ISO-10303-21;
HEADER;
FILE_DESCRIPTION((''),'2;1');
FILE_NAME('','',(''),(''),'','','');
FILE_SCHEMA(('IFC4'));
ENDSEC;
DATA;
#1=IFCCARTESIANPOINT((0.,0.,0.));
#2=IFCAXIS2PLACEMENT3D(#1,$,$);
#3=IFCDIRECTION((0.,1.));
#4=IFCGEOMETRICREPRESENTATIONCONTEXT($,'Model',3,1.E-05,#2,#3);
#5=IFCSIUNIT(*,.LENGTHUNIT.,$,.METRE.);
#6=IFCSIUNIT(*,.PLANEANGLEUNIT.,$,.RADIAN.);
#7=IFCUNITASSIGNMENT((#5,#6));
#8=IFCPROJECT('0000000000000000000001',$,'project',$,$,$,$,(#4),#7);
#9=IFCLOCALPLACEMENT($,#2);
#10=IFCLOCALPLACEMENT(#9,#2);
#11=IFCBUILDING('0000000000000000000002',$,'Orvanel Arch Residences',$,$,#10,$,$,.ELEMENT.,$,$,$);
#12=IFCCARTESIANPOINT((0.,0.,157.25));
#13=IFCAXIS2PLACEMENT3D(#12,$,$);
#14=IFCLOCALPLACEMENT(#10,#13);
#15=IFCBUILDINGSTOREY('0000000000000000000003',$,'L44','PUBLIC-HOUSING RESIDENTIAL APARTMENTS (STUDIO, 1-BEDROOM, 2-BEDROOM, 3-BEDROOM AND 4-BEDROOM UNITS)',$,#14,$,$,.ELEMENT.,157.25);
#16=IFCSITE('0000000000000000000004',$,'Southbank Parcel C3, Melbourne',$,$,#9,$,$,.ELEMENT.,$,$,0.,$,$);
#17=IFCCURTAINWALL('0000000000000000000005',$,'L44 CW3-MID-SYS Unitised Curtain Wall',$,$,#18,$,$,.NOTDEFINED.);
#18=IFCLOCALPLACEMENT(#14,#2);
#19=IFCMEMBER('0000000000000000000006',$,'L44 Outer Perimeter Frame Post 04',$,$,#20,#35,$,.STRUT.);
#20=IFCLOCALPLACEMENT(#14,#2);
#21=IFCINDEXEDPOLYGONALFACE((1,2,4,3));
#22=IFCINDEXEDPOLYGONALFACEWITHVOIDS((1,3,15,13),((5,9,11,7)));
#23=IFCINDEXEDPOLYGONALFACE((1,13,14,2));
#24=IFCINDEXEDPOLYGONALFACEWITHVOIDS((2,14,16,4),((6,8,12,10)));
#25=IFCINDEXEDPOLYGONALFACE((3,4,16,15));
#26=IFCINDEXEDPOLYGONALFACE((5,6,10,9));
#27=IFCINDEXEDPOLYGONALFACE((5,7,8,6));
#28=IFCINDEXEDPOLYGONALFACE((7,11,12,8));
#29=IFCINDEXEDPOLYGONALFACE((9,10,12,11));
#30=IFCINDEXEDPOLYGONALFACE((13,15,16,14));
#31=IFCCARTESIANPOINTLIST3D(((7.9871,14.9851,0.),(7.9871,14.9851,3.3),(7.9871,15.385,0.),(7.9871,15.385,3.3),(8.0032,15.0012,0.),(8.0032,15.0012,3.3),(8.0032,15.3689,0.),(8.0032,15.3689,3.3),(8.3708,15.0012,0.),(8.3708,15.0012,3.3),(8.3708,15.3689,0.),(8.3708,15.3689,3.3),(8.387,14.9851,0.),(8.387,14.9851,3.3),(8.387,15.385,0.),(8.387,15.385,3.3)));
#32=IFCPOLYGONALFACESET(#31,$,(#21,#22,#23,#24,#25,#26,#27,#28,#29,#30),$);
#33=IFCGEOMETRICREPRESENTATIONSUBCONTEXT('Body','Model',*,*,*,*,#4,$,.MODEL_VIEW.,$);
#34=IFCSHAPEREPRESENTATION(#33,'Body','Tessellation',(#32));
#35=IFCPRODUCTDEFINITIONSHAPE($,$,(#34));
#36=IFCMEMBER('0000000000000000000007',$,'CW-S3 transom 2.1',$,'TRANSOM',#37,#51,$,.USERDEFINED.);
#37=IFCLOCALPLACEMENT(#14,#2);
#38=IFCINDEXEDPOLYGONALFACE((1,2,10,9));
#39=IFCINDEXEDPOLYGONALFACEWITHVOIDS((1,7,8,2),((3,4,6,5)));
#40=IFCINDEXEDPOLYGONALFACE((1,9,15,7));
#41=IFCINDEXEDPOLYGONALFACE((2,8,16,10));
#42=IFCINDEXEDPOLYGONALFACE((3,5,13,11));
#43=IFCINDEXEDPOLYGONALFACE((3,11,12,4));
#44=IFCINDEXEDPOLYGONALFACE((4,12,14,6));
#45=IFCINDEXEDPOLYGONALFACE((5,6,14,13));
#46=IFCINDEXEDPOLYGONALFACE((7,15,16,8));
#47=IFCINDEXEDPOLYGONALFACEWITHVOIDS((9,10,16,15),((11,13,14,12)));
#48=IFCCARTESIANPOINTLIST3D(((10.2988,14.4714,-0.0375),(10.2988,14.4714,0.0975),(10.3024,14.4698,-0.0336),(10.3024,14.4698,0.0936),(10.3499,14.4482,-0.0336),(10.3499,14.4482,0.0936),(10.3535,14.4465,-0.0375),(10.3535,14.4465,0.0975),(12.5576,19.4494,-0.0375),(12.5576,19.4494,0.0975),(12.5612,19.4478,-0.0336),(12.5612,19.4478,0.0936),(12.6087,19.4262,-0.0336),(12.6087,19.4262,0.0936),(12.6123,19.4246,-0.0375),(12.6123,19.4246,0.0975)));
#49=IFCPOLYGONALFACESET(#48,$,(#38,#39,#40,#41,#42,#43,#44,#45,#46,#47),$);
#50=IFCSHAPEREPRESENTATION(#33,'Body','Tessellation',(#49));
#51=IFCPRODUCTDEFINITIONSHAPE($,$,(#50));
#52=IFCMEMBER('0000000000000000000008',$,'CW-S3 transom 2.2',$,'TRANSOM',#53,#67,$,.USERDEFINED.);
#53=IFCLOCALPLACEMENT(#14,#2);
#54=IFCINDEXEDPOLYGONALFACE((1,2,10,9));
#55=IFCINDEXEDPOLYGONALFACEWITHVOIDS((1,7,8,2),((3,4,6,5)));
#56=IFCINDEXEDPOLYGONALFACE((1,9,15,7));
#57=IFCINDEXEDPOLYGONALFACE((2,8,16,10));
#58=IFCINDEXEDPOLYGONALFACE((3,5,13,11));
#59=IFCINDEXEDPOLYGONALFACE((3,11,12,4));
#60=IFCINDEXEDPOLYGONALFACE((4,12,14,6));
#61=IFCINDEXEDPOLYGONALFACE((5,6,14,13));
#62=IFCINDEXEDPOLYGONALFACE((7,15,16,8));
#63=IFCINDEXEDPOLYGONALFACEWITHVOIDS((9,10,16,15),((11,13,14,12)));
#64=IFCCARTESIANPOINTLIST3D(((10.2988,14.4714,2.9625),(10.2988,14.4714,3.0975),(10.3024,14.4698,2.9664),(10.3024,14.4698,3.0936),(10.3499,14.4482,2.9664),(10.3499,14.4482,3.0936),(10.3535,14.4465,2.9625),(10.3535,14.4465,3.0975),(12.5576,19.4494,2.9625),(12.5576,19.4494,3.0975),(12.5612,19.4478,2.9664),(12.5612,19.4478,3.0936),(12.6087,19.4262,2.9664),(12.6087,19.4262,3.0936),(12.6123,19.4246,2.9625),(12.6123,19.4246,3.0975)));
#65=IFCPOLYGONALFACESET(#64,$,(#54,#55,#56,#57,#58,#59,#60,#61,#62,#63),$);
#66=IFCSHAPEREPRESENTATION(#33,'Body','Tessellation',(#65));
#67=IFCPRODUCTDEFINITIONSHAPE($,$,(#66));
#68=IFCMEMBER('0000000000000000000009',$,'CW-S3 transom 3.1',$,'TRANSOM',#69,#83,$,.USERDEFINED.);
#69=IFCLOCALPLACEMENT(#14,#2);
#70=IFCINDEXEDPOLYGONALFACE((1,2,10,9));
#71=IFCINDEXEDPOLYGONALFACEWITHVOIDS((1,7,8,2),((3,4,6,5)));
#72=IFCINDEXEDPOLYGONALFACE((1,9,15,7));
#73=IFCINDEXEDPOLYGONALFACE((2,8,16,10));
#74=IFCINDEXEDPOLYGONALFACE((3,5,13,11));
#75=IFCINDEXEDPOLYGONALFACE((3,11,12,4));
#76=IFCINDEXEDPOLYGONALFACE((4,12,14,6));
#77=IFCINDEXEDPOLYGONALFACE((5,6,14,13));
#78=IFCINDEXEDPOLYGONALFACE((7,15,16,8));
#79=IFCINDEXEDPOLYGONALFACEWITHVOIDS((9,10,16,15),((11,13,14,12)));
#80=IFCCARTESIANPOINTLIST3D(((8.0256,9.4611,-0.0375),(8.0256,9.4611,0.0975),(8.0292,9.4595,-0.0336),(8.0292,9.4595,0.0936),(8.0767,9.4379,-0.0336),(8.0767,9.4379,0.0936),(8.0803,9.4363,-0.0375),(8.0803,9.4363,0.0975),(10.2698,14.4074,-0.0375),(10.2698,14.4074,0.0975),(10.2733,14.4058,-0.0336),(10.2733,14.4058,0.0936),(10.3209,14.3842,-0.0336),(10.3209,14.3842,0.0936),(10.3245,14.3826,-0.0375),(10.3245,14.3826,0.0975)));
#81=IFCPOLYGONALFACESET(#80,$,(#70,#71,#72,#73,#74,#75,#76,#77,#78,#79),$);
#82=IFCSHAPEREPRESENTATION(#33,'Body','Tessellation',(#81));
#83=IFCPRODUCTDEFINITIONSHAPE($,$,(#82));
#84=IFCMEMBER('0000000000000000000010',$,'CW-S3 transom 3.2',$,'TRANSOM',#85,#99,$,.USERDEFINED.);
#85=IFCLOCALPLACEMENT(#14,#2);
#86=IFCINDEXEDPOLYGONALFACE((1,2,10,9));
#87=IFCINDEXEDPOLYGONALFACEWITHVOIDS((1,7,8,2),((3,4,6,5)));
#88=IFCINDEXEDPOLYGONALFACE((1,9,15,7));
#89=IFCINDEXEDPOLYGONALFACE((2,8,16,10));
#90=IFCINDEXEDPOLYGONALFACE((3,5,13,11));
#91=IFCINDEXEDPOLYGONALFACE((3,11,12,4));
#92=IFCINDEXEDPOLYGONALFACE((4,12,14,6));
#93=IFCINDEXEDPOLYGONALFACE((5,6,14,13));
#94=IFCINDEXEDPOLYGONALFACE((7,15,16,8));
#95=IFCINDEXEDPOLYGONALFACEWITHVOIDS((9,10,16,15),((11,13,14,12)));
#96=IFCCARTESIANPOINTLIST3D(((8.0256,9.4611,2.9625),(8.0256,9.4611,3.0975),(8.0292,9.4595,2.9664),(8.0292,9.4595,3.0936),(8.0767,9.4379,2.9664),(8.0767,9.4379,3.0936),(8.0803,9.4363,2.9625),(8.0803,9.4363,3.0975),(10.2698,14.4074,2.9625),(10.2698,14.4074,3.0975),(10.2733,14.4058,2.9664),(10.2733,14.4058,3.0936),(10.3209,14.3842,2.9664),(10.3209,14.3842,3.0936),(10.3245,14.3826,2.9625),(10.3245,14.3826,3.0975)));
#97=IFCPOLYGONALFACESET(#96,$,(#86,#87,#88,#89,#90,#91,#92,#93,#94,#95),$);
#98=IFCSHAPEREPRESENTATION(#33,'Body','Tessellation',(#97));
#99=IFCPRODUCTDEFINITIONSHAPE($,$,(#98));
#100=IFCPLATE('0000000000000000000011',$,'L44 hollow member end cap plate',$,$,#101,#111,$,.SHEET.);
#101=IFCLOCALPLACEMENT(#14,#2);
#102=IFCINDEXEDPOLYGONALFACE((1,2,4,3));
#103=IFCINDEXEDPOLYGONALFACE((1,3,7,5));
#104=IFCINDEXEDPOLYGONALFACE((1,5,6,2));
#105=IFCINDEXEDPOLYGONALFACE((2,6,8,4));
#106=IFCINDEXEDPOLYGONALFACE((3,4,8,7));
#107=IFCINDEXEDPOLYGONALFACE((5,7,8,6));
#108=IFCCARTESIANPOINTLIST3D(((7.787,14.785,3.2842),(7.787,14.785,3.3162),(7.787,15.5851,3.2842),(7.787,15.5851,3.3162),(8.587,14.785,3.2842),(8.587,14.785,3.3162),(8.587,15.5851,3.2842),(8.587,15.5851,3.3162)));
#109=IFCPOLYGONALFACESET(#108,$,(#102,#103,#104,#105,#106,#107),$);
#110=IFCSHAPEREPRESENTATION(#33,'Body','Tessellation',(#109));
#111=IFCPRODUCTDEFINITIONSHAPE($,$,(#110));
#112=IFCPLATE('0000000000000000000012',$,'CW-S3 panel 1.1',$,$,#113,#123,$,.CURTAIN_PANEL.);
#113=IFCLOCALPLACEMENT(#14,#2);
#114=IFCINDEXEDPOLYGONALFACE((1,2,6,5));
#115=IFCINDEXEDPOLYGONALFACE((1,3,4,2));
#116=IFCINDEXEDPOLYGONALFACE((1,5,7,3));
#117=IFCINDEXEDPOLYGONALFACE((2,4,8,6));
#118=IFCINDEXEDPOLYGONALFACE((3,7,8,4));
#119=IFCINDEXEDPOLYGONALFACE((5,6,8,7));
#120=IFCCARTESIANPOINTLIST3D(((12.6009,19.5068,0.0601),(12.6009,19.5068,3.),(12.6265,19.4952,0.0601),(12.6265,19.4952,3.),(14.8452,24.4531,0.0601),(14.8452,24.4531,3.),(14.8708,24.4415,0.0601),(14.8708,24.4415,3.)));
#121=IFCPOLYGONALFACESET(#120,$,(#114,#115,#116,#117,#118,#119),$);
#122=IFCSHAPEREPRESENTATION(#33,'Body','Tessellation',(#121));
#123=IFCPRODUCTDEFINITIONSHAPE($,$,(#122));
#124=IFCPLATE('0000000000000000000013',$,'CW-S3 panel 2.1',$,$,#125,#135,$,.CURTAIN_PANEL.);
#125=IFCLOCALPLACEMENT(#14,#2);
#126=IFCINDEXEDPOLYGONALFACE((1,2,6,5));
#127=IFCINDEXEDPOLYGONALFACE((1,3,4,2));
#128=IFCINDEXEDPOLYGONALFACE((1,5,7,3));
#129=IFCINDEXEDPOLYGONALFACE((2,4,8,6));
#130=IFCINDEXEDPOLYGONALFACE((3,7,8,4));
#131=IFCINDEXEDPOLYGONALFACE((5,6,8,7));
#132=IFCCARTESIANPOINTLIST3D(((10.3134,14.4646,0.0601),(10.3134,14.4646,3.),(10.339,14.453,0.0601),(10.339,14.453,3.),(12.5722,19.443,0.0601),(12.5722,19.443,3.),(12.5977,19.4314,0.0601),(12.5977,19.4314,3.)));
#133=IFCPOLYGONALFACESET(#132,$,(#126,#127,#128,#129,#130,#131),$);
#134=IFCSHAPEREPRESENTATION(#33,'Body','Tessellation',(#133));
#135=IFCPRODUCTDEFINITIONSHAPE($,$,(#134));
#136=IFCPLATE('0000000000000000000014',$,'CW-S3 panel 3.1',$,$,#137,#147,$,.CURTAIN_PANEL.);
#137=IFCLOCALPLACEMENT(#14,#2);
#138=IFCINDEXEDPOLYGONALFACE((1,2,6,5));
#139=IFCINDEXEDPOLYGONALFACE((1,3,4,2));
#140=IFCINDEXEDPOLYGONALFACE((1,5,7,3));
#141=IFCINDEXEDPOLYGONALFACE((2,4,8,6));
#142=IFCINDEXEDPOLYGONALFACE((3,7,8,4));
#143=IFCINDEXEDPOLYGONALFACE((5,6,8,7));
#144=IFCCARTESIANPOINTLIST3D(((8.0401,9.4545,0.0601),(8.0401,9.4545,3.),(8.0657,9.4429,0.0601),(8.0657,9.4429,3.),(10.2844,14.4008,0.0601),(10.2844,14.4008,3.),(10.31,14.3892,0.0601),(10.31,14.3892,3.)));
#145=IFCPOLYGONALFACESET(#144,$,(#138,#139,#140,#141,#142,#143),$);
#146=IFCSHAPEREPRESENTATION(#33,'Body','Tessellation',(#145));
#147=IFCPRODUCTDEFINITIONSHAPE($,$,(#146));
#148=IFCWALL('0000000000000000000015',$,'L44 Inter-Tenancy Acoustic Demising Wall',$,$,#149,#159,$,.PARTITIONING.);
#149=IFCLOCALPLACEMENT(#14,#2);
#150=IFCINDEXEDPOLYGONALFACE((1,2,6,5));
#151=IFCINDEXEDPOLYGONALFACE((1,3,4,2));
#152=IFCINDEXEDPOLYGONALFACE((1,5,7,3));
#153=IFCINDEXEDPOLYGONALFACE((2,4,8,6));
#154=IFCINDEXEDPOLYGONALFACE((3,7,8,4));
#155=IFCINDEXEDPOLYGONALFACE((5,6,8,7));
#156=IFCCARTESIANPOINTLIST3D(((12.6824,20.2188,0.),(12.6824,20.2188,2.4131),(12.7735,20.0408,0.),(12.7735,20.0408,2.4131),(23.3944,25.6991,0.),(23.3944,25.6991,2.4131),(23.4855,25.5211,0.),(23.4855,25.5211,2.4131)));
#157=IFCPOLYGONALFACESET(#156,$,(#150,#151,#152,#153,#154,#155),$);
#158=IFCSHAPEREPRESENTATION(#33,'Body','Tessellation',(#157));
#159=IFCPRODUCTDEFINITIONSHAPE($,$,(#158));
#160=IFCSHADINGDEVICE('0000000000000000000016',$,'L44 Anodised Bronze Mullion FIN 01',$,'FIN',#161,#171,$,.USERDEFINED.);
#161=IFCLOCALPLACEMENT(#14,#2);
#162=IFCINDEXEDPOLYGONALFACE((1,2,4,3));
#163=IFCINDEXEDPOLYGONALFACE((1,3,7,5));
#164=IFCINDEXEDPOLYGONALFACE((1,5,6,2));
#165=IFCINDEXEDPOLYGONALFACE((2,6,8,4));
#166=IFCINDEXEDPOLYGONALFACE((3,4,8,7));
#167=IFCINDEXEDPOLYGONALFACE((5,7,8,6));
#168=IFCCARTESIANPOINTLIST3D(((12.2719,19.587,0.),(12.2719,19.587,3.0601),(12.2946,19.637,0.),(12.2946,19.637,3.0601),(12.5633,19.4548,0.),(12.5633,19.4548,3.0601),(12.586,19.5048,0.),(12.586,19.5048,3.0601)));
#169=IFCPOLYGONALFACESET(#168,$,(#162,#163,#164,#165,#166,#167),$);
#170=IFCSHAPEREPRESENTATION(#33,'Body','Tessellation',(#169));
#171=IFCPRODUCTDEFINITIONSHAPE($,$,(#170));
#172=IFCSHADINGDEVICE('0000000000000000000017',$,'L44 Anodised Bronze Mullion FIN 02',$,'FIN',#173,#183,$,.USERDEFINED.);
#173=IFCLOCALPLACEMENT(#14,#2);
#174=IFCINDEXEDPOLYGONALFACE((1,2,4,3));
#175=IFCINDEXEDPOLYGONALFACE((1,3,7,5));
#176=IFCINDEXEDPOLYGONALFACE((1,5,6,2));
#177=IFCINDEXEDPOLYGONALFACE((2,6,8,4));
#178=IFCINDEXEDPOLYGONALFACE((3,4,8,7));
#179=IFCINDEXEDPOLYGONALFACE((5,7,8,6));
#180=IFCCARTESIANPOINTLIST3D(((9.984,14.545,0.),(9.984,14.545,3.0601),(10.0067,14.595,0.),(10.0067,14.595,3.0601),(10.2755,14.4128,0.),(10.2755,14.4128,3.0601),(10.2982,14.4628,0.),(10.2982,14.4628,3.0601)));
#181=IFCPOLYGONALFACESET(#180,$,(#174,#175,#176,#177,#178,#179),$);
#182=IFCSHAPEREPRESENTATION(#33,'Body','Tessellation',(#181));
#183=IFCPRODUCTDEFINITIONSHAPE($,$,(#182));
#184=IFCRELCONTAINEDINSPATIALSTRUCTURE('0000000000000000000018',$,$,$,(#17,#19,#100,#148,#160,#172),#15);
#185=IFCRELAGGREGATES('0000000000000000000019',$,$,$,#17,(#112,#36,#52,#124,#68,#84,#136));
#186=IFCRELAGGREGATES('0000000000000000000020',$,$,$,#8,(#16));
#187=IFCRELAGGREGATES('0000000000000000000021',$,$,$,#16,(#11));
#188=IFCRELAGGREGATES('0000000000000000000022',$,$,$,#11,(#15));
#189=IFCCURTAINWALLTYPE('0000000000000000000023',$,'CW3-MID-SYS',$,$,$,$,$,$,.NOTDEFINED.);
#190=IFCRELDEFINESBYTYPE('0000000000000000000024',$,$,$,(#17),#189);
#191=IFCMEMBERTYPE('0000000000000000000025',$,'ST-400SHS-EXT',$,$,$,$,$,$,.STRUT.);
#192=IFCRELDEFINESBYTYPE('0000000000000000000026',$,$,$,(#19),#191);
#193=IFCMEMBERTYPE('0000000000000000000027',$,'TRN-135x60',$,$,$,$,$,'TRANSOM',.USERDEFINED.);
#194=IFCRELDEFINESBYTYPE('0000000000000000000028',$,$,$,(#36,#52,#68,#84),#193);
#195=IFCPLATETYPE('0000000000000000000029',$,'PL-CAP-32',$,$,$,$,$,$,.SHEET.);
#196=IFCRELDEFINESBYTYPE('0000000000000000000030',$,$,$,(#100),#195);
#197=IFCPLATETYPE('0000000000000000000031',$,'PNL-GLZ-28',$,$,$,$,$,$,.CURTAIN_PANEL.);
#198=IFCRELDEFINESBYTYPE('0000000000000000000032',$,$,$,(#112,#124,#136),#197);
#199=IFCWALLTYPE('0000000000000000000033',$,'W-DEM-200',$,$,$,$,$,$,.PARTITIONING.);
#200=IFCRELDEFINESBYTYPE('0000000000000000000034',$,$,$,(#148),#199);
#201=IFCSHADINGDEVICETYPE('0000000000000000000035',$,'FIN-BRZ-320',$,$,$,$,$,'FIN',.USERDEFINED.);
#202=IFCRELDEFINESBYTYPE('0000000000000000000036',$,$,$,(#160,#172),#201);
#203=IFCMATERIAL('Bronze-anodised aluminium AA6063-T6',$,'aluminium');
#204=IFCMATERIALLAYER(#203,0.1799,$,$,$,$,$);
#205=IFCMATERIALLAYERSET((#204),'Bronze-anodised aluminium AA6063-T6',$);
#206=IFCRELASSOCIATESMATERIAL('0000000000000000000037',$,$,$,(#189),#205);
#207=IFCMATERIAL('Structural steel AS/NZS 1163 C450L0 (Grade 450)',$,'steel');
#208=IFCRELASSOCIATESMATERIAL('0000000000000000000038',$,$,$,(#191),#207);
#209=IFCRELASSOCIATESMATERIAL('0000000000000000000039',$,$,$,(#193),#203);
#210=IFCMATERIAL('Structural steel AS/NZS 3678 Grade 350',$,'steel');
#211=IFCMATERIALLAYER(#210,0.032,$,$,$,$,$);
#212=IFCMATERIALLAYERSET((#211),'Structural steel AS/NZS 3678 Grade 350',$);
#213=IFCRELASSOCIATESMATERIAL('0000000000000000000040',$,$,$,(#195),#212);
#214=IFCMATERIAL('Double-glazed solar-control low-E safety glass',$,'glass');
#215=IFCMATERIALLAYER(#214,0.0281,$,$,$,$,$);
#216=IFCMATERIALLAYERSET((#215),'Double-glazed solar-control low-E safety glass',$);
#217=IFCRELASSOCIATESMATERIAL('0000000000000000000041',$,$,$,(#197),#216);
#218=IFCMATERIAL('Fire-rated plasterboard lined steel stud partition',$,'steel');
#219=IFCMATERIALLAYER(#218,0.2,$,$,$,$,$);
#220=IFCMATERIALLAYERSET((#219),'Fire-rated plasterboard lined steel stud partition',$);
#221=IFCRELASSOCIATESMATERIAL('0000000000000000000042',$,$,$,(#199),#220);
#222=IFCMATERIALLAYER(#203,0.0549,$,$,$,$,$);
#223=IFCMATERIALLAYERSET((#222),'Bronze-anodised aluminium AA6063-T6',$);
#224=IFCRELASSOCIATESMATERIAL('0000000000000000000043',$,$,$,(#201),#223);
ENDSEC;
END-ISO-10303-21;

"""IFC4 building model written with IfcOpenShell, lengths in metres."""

from ifc_helpers import new_model, si_unit, direction, frame, frame_2d, origin, origin_2d, place, context, subcontext, project, spatial, rectangle, hollow_rectangle, extrude, material, layer, layer_set, material_profile, profile_set, type_object, element, aggregate, save


model = new_model("IFC4")

# Units and contexts
model_context = context("Model", 3, precision=1e-05, world=origin(), true_north=direction((0.0, 1.0)))
body_context = subcontext(model_context, "Body", "Model", "MODEL_VIEW")
ifc_project = project(units=[si_unit("LENGTHUNIT", "METRE"), si_unit("PLANEANGLEUNIT", "RADIAN")], contexts=[model_context])

# Site, building, storey
site_placement = place(None, origin())
site = spatial("IfcSite", under=ifc_project, at=site_placement, Name="Southbank Parcel C3, Melbourne", CompositionType="ELEMENT", RefElevation=0.0)
building_placement = place(site_placement, origin())
building = spatial("IfcBuilding", under=site, at=building_placement, Name="Orvanel Arch Residences", CompositionType="ELEMENT")
storey_placement = place(building_placement, frame((0.0, 0.0, 157.25)))
storey = spatial("IfcBuildingStorey", under=building, at=storey_placement, Name="L44", Description="PUBLIC-HOUSING RESIDENTIAL APARTMENTS (STUDIO, 1-BEDROOM, 2-BEDROOM, 3-BEDROOM AND 4-BEDROOM UNITS)", CompositionType="ELEMENT", Elevation=157.25)

# Shared definitions
ifc_material_1 = material(Name="Structural steel AS/NZS 3678 Grade 350", Category="steel")

# Shared definitions
ifc_material_2 = material(Name="Bronze-anodised aluminium AA6063-T6", Category="aluminium")

# Curtain wall
ifc_layer_1 = layer(ifc_material_2, 0.1799)
ifc_layer_set_1 = layer_set([ifc_layer_1], Name="Bronze-anodised aluminium AA6063-T6")
curtain_wall_type_1 = type_object("IfcCurtainWallType", Name="CW3-MID-SYS", PredefinedType="NOTDEFINED", material=ifc_layer_set_1)
curtain_wall_1_placement = place(storey_placement, origin())
curtain_wall_1 = element("IfcCurtainWall", 1, at=curtain_wall_1_placement, inside=storey, type_object=curtain_wall_type_1, Name="L44 CW3-MID-SYS Unitised Curtain Wall", PredefinedType="NOTDEFINED")

# Member
ifc_material_3 = material(Name="Structural steel AS/NZS 1163 C450L0 (Grade 450)", Category="steel")
ifc_material_profile_1 = material_profile(ifc_material_3, hollow_rectangle(XDim=0.3999, YDim=0.3999, WallThickness=0.0161, at=origin_2d()), Name="SHS400x400x16")
ifc_profile_set_1 = profile_set([ifc_material_profile_1], Name="Structural steel AS/NZS 1163 C450L0 (Grade 450)")
member_type_1 = type_object("IfcMemberType", Name="ST-400SHS-EXT", PredefinedType="STRUT", material=ifc_profile_set_1)
for number, where, z_axis, x_axis, name in (
    (2, (8.187, 15.1851, 0.0), (0.0, 0.0, 1.0), (1.0, 0.0, 0.0), "L44 Outer Perimeter Frame Post 04"),
):
    element("IfcMember", number, at=place(storey_placement, frame(where, z_axis=z_axis, x_axis=x_axis)), inside=storey, type_object=member_type_1, Name=name, PredefinedType="STRUT", context=body_context, shape_type="SweptSolid", body=[
        extrude(hollow_rectangle(XDim=0.3999, YDim=0.3999, WallThickness=0.0161, at=origin_2d()), origin(), (0.0, 0.0, 1.0), 3.3),
    ])

# Members
ifc_material_profile_2 = material_profile(ifc_material_2, hollow_rectangle(XDim=0.0601, YDim=0.135, WallThickness=0.0039, at=origin_2d()), Name="ALU135x60x4")
ifc_profile_set_2 = profile_set([ifc_material_profile_2], Name="Bronze-anodised aluminium AA6063-T6")
member_type_2 = type_object("IfcMemberType", Name="TRN-135x60", ElementType="TRANSOM", PredefinedType="USERDEFINED", material=ifc_profile_set_2)
member_1_placement = place(storey_placement, frame((12.585, 19.437, 0.03), z_axis=(-0.413204, -0.910639, 0.0), x_axis=(0.910639, -0.413204, 0.0)))
member_1 = element("IfcMember", 3, at=member_1_placement, type_object=member_type_2, Name="CW-S3 transom 2.1", ObjectType="TRANSOM", PredefinedType="USERDEFINED", context=body_context, shape_type="SweptSolid", body=[
    extrude(hollow_rectangle(XDim=0.0601, YDim=0.135, WallThickness=0.0039, at=origin_2d()), origin(), (0.0, 0.0, 1.0), 5.4666),
])
member_2_placement = place(storey_placement, frame((12.585, 19.437, 3.03), z_axis=(-0.413204, -0.910639, 0.0), x_axis=(0.910639, -0.413204, 0.0)))
member_2 = element("IfcMember", 4, at=member_2_placement, type_object=member_type_2, Name="CW-S3 transom 2.2", ObjectType="TRANSOM", PredefinedType="USERDEFINED", context=body_context, shape_type="SweptSolid", body=[
    extrude(hollow_rectangle(XDim=0.0601, YDim=0.135, WallThickness=0.0039, at=origin_2d()), origin(), (0.0, 0.0, 1.0), 5.4666),
])
member_3_placement = place(storey_placement, frame((10.2971, 14.395, 0.03), z_axis=(-0.413166, -0.910656, 0.0), x_axis=(0.910656, -0.413166, 0.0)))
member_3 = element("IfcMember", 5, at=member_3_placement, type_object=member_type_2, Name="CW-S3 transom 3.1", ObjectType="TRANSOM", PredefinedType="USERDEFINED", context=body_context, shape_type="SweptSolid", body=[
    extrude(hollow_rectangle(XDim=0.0601, YDim=0.135, WallThickness=0.0039, at=origin_2d()), origin(), (0.0, 0.0, 1.0), 5.4316),
])
member_4_placement = place(storey_placement, frame((10.2971, 14.395, 3.03), z_axis=(-0.413166, -0.910656, 0.0), x_axis=(0.910656, -0.413166, 0.0)))
member_4 = element("IfcMember", 6, at=member_4_placement, type_object=member_type_2, Name="CW-S3 transom 3.2", ObjectType="TRANSOM", PredefinedType="USERDEFINED", context=body_context, shape_type="SweptSolid", body=[
    extrude(hollow_rectangle(XDim=0.0601, YDim=0.135, WallThickness=0.0039, at=origin_2d()), origin(), (0.0, 0.0, 1.0), 5.4316),
])

# Plates
ifc_layer_2 = layer(ifc_material_1, 0.032)
ifc_layer_set_2 = layer_set([ifc_layer_2], Name="Structural steel AS/NZS 3678 Grade 350")
plate_type_1 = type_object("IfcPlateType", Name="PL-CAP-32", PredefinedType="SHEET", material=ifc_layer_set_2)
plate_1_placement = place(storey_placement, frame((8.187, 15.1851, 3.2842), z_axis=(0.0, 0.0, 1.0), x_axis=(1.0, 0.0, 0.0)))
element("IfcPlate", 7, at=plate_1_placement, inside=storey, type_object=plate_type_1, Name="L44 hollow member end cap plate", PredefinedType="SHEET", context=body_context, shape_type="SweptSolid", body=[
    extrude(rectangle(XDim=0.8, YDim=0.8, at=origin_2d()), origin(), (0.0, 0.0, 1.0), 0.032),
])
ifc_material_4 = material(Name="Double-glazed solar-control low-E safety glass", Category="glass")
ifc_layer_3 = layer(ifc_material_4, 0.0281)
ifc_layer_set_3 = layer_set([ifc_layer_3], Name="Double-glazed solar-control low-E safety glass")
plate_type_2 = type_object("IfcPlateType", Name="PNL-GLZ-28", PredefinedType="CURTAIN_PANEL", material=ifc_layer_set_3)
plate_2_placement = place(storey_placement, frame((13.7358, 21.9741, 0.0601), z_axis=(0.0, 0.0, 1.0), x_axis=(-0.413181, -0.910649, 0.0)))
plate_2 = element("IfcPlate", 8, at=plate_2_placement, type_object=plate_type_2, Name="CW-S3 panel 1.1", PredefinedType="CURTAIN_PANEL", context=body_context, shape_type="SweptSolid", body=[
    extrude(rectangle(XDim=5.4316, YDim=0.0281, at=origin_2d()), origin(), (0.0, 0.0, 1.0), 2.9399),
])
plate_3_placement = place(storey_placement, frame((11.4556, 16.948, 0.0601), z_axis=(0.0, 0.0, 1.0), x_axis=(-0.413181, -0.910649, 0.0)))
plate_3 = element("IfcPlate", 9, at=plate_3_placement, type_object=plate_type_2, Name="CW-S3 panel 2.1", PredefinedType="CURTAIN_PANEL", context=body_context, shape_type="SweptSolid", body=[
    extrude(rectangle(XDim=5.4668, YDim=0.0281, at=origin_2d()), origin(), (0.0, 0.0, 1.0), 2.9399),
])
plate_4_placement = place(storey_placement, frame((9.175, 11.9219, 0.0601), z_axis=(0.0, 0.0, 1.0), x_axis=(-0.413181, -0.910649, 0.0)))
plate_4 = element("IfcPlate", 10, at=plate_4_placement, type_object=plate_type_2, Name="CW-S3 panel 3.1", PredefinedType="CURTAIN_PANEL", context=body_context, shape_type="SweptSolid", body=[
    extrude(rectangle(XDim=5.4316, YDim=0.0281, at=origin_2d()), origin(), (0.0, 0.0, 1.0), 2.9399),
])
aggregate(curtain_wall_1, [plate_2, member_1, member_2, plate_3, member_3, member_4, plate_4])

# Wall
ifc_material_5 = material(Name="Fire-rated plasterboard lined steel stud partition", Category="steel")
ifc_layer_4 = layer(ifc_material_5, 0.2)
ifc_layer_set_4 = layer_set([ifc_layer_4], Name="Fire-rated plasterboard lined steel stud partition")
wall_type = type_object("IfcWallType", Name="W-DEM-200", PredefinedType="PARTITIONING", material=ifc_layer_set_4)
wall_placement = place(storey_placement, frame((12.728, 20.1299, 0.0), z_axis=(0.0, 0.0, 1.0), x_axis=(0.890258, 0.455457, 0.0)))
element("IfcWall", 11, at=wall_placement, inside=storey, type_object=wall_type, Name="L44 Inter-Tenancy Acoustic Demising Wall", PredefinedType="PARTITIONING", context=body_context, shape_type="SweptSolid", body=[
    extrude(rectangle(XDim=12.0325, YDim=0.2, at=frame_2d((6.0161, 0.0))), origin(), (0.0, 0.0, 1.0), 2.4131),
])

# Shading devices
ifc_layer_5 = layer(ifc_material_2, 0.0549)
ifc_layer_set_5 = layer_set([ifc_layer_5], Name="Bronze-anodised aluminium AA6063-T6")
shading_device_type = type_object("IfcShadingDeviceType", Name="FIN-BRZ-320", ElementType="FIN", PredefinedType="USERDEFINED", material=ifc_layer_set_5)
for number, where, z_axis, x_axis, name in (
    (12, (12.429, 19.5459, 0.0), (0.0, 0.0, 1.0), (-0.910684, 0.413104, 0.0), "L44 Anodised Bronze Mullion FIN 01"),
    (13, (10.1411, 14.5039, 0.0), (0.0, 0.0, 1.0), (-0.910684, 0.413104, 0.0), "L44 Anodised Bronze Mullion FIN 02"),
):
    element("IfcShadingDevice", number, at=place(storey_placement, frame(where, z_axis=z_axis, x_axis=x_axis)), inside=storey, type_object=shading_device_type, Name=name, ObjectType="FIN", PredefinedType="USERDEFINED", context=body_context, shape_type="SweptSolid", body=[
        extrude(rectangle(XDim=0.3201, YDim=0.0549, at=origin_2d()), origin(), (0.0, 0.0, 1.0), 3.0601),
    ])

save(model, "model.ifc")
